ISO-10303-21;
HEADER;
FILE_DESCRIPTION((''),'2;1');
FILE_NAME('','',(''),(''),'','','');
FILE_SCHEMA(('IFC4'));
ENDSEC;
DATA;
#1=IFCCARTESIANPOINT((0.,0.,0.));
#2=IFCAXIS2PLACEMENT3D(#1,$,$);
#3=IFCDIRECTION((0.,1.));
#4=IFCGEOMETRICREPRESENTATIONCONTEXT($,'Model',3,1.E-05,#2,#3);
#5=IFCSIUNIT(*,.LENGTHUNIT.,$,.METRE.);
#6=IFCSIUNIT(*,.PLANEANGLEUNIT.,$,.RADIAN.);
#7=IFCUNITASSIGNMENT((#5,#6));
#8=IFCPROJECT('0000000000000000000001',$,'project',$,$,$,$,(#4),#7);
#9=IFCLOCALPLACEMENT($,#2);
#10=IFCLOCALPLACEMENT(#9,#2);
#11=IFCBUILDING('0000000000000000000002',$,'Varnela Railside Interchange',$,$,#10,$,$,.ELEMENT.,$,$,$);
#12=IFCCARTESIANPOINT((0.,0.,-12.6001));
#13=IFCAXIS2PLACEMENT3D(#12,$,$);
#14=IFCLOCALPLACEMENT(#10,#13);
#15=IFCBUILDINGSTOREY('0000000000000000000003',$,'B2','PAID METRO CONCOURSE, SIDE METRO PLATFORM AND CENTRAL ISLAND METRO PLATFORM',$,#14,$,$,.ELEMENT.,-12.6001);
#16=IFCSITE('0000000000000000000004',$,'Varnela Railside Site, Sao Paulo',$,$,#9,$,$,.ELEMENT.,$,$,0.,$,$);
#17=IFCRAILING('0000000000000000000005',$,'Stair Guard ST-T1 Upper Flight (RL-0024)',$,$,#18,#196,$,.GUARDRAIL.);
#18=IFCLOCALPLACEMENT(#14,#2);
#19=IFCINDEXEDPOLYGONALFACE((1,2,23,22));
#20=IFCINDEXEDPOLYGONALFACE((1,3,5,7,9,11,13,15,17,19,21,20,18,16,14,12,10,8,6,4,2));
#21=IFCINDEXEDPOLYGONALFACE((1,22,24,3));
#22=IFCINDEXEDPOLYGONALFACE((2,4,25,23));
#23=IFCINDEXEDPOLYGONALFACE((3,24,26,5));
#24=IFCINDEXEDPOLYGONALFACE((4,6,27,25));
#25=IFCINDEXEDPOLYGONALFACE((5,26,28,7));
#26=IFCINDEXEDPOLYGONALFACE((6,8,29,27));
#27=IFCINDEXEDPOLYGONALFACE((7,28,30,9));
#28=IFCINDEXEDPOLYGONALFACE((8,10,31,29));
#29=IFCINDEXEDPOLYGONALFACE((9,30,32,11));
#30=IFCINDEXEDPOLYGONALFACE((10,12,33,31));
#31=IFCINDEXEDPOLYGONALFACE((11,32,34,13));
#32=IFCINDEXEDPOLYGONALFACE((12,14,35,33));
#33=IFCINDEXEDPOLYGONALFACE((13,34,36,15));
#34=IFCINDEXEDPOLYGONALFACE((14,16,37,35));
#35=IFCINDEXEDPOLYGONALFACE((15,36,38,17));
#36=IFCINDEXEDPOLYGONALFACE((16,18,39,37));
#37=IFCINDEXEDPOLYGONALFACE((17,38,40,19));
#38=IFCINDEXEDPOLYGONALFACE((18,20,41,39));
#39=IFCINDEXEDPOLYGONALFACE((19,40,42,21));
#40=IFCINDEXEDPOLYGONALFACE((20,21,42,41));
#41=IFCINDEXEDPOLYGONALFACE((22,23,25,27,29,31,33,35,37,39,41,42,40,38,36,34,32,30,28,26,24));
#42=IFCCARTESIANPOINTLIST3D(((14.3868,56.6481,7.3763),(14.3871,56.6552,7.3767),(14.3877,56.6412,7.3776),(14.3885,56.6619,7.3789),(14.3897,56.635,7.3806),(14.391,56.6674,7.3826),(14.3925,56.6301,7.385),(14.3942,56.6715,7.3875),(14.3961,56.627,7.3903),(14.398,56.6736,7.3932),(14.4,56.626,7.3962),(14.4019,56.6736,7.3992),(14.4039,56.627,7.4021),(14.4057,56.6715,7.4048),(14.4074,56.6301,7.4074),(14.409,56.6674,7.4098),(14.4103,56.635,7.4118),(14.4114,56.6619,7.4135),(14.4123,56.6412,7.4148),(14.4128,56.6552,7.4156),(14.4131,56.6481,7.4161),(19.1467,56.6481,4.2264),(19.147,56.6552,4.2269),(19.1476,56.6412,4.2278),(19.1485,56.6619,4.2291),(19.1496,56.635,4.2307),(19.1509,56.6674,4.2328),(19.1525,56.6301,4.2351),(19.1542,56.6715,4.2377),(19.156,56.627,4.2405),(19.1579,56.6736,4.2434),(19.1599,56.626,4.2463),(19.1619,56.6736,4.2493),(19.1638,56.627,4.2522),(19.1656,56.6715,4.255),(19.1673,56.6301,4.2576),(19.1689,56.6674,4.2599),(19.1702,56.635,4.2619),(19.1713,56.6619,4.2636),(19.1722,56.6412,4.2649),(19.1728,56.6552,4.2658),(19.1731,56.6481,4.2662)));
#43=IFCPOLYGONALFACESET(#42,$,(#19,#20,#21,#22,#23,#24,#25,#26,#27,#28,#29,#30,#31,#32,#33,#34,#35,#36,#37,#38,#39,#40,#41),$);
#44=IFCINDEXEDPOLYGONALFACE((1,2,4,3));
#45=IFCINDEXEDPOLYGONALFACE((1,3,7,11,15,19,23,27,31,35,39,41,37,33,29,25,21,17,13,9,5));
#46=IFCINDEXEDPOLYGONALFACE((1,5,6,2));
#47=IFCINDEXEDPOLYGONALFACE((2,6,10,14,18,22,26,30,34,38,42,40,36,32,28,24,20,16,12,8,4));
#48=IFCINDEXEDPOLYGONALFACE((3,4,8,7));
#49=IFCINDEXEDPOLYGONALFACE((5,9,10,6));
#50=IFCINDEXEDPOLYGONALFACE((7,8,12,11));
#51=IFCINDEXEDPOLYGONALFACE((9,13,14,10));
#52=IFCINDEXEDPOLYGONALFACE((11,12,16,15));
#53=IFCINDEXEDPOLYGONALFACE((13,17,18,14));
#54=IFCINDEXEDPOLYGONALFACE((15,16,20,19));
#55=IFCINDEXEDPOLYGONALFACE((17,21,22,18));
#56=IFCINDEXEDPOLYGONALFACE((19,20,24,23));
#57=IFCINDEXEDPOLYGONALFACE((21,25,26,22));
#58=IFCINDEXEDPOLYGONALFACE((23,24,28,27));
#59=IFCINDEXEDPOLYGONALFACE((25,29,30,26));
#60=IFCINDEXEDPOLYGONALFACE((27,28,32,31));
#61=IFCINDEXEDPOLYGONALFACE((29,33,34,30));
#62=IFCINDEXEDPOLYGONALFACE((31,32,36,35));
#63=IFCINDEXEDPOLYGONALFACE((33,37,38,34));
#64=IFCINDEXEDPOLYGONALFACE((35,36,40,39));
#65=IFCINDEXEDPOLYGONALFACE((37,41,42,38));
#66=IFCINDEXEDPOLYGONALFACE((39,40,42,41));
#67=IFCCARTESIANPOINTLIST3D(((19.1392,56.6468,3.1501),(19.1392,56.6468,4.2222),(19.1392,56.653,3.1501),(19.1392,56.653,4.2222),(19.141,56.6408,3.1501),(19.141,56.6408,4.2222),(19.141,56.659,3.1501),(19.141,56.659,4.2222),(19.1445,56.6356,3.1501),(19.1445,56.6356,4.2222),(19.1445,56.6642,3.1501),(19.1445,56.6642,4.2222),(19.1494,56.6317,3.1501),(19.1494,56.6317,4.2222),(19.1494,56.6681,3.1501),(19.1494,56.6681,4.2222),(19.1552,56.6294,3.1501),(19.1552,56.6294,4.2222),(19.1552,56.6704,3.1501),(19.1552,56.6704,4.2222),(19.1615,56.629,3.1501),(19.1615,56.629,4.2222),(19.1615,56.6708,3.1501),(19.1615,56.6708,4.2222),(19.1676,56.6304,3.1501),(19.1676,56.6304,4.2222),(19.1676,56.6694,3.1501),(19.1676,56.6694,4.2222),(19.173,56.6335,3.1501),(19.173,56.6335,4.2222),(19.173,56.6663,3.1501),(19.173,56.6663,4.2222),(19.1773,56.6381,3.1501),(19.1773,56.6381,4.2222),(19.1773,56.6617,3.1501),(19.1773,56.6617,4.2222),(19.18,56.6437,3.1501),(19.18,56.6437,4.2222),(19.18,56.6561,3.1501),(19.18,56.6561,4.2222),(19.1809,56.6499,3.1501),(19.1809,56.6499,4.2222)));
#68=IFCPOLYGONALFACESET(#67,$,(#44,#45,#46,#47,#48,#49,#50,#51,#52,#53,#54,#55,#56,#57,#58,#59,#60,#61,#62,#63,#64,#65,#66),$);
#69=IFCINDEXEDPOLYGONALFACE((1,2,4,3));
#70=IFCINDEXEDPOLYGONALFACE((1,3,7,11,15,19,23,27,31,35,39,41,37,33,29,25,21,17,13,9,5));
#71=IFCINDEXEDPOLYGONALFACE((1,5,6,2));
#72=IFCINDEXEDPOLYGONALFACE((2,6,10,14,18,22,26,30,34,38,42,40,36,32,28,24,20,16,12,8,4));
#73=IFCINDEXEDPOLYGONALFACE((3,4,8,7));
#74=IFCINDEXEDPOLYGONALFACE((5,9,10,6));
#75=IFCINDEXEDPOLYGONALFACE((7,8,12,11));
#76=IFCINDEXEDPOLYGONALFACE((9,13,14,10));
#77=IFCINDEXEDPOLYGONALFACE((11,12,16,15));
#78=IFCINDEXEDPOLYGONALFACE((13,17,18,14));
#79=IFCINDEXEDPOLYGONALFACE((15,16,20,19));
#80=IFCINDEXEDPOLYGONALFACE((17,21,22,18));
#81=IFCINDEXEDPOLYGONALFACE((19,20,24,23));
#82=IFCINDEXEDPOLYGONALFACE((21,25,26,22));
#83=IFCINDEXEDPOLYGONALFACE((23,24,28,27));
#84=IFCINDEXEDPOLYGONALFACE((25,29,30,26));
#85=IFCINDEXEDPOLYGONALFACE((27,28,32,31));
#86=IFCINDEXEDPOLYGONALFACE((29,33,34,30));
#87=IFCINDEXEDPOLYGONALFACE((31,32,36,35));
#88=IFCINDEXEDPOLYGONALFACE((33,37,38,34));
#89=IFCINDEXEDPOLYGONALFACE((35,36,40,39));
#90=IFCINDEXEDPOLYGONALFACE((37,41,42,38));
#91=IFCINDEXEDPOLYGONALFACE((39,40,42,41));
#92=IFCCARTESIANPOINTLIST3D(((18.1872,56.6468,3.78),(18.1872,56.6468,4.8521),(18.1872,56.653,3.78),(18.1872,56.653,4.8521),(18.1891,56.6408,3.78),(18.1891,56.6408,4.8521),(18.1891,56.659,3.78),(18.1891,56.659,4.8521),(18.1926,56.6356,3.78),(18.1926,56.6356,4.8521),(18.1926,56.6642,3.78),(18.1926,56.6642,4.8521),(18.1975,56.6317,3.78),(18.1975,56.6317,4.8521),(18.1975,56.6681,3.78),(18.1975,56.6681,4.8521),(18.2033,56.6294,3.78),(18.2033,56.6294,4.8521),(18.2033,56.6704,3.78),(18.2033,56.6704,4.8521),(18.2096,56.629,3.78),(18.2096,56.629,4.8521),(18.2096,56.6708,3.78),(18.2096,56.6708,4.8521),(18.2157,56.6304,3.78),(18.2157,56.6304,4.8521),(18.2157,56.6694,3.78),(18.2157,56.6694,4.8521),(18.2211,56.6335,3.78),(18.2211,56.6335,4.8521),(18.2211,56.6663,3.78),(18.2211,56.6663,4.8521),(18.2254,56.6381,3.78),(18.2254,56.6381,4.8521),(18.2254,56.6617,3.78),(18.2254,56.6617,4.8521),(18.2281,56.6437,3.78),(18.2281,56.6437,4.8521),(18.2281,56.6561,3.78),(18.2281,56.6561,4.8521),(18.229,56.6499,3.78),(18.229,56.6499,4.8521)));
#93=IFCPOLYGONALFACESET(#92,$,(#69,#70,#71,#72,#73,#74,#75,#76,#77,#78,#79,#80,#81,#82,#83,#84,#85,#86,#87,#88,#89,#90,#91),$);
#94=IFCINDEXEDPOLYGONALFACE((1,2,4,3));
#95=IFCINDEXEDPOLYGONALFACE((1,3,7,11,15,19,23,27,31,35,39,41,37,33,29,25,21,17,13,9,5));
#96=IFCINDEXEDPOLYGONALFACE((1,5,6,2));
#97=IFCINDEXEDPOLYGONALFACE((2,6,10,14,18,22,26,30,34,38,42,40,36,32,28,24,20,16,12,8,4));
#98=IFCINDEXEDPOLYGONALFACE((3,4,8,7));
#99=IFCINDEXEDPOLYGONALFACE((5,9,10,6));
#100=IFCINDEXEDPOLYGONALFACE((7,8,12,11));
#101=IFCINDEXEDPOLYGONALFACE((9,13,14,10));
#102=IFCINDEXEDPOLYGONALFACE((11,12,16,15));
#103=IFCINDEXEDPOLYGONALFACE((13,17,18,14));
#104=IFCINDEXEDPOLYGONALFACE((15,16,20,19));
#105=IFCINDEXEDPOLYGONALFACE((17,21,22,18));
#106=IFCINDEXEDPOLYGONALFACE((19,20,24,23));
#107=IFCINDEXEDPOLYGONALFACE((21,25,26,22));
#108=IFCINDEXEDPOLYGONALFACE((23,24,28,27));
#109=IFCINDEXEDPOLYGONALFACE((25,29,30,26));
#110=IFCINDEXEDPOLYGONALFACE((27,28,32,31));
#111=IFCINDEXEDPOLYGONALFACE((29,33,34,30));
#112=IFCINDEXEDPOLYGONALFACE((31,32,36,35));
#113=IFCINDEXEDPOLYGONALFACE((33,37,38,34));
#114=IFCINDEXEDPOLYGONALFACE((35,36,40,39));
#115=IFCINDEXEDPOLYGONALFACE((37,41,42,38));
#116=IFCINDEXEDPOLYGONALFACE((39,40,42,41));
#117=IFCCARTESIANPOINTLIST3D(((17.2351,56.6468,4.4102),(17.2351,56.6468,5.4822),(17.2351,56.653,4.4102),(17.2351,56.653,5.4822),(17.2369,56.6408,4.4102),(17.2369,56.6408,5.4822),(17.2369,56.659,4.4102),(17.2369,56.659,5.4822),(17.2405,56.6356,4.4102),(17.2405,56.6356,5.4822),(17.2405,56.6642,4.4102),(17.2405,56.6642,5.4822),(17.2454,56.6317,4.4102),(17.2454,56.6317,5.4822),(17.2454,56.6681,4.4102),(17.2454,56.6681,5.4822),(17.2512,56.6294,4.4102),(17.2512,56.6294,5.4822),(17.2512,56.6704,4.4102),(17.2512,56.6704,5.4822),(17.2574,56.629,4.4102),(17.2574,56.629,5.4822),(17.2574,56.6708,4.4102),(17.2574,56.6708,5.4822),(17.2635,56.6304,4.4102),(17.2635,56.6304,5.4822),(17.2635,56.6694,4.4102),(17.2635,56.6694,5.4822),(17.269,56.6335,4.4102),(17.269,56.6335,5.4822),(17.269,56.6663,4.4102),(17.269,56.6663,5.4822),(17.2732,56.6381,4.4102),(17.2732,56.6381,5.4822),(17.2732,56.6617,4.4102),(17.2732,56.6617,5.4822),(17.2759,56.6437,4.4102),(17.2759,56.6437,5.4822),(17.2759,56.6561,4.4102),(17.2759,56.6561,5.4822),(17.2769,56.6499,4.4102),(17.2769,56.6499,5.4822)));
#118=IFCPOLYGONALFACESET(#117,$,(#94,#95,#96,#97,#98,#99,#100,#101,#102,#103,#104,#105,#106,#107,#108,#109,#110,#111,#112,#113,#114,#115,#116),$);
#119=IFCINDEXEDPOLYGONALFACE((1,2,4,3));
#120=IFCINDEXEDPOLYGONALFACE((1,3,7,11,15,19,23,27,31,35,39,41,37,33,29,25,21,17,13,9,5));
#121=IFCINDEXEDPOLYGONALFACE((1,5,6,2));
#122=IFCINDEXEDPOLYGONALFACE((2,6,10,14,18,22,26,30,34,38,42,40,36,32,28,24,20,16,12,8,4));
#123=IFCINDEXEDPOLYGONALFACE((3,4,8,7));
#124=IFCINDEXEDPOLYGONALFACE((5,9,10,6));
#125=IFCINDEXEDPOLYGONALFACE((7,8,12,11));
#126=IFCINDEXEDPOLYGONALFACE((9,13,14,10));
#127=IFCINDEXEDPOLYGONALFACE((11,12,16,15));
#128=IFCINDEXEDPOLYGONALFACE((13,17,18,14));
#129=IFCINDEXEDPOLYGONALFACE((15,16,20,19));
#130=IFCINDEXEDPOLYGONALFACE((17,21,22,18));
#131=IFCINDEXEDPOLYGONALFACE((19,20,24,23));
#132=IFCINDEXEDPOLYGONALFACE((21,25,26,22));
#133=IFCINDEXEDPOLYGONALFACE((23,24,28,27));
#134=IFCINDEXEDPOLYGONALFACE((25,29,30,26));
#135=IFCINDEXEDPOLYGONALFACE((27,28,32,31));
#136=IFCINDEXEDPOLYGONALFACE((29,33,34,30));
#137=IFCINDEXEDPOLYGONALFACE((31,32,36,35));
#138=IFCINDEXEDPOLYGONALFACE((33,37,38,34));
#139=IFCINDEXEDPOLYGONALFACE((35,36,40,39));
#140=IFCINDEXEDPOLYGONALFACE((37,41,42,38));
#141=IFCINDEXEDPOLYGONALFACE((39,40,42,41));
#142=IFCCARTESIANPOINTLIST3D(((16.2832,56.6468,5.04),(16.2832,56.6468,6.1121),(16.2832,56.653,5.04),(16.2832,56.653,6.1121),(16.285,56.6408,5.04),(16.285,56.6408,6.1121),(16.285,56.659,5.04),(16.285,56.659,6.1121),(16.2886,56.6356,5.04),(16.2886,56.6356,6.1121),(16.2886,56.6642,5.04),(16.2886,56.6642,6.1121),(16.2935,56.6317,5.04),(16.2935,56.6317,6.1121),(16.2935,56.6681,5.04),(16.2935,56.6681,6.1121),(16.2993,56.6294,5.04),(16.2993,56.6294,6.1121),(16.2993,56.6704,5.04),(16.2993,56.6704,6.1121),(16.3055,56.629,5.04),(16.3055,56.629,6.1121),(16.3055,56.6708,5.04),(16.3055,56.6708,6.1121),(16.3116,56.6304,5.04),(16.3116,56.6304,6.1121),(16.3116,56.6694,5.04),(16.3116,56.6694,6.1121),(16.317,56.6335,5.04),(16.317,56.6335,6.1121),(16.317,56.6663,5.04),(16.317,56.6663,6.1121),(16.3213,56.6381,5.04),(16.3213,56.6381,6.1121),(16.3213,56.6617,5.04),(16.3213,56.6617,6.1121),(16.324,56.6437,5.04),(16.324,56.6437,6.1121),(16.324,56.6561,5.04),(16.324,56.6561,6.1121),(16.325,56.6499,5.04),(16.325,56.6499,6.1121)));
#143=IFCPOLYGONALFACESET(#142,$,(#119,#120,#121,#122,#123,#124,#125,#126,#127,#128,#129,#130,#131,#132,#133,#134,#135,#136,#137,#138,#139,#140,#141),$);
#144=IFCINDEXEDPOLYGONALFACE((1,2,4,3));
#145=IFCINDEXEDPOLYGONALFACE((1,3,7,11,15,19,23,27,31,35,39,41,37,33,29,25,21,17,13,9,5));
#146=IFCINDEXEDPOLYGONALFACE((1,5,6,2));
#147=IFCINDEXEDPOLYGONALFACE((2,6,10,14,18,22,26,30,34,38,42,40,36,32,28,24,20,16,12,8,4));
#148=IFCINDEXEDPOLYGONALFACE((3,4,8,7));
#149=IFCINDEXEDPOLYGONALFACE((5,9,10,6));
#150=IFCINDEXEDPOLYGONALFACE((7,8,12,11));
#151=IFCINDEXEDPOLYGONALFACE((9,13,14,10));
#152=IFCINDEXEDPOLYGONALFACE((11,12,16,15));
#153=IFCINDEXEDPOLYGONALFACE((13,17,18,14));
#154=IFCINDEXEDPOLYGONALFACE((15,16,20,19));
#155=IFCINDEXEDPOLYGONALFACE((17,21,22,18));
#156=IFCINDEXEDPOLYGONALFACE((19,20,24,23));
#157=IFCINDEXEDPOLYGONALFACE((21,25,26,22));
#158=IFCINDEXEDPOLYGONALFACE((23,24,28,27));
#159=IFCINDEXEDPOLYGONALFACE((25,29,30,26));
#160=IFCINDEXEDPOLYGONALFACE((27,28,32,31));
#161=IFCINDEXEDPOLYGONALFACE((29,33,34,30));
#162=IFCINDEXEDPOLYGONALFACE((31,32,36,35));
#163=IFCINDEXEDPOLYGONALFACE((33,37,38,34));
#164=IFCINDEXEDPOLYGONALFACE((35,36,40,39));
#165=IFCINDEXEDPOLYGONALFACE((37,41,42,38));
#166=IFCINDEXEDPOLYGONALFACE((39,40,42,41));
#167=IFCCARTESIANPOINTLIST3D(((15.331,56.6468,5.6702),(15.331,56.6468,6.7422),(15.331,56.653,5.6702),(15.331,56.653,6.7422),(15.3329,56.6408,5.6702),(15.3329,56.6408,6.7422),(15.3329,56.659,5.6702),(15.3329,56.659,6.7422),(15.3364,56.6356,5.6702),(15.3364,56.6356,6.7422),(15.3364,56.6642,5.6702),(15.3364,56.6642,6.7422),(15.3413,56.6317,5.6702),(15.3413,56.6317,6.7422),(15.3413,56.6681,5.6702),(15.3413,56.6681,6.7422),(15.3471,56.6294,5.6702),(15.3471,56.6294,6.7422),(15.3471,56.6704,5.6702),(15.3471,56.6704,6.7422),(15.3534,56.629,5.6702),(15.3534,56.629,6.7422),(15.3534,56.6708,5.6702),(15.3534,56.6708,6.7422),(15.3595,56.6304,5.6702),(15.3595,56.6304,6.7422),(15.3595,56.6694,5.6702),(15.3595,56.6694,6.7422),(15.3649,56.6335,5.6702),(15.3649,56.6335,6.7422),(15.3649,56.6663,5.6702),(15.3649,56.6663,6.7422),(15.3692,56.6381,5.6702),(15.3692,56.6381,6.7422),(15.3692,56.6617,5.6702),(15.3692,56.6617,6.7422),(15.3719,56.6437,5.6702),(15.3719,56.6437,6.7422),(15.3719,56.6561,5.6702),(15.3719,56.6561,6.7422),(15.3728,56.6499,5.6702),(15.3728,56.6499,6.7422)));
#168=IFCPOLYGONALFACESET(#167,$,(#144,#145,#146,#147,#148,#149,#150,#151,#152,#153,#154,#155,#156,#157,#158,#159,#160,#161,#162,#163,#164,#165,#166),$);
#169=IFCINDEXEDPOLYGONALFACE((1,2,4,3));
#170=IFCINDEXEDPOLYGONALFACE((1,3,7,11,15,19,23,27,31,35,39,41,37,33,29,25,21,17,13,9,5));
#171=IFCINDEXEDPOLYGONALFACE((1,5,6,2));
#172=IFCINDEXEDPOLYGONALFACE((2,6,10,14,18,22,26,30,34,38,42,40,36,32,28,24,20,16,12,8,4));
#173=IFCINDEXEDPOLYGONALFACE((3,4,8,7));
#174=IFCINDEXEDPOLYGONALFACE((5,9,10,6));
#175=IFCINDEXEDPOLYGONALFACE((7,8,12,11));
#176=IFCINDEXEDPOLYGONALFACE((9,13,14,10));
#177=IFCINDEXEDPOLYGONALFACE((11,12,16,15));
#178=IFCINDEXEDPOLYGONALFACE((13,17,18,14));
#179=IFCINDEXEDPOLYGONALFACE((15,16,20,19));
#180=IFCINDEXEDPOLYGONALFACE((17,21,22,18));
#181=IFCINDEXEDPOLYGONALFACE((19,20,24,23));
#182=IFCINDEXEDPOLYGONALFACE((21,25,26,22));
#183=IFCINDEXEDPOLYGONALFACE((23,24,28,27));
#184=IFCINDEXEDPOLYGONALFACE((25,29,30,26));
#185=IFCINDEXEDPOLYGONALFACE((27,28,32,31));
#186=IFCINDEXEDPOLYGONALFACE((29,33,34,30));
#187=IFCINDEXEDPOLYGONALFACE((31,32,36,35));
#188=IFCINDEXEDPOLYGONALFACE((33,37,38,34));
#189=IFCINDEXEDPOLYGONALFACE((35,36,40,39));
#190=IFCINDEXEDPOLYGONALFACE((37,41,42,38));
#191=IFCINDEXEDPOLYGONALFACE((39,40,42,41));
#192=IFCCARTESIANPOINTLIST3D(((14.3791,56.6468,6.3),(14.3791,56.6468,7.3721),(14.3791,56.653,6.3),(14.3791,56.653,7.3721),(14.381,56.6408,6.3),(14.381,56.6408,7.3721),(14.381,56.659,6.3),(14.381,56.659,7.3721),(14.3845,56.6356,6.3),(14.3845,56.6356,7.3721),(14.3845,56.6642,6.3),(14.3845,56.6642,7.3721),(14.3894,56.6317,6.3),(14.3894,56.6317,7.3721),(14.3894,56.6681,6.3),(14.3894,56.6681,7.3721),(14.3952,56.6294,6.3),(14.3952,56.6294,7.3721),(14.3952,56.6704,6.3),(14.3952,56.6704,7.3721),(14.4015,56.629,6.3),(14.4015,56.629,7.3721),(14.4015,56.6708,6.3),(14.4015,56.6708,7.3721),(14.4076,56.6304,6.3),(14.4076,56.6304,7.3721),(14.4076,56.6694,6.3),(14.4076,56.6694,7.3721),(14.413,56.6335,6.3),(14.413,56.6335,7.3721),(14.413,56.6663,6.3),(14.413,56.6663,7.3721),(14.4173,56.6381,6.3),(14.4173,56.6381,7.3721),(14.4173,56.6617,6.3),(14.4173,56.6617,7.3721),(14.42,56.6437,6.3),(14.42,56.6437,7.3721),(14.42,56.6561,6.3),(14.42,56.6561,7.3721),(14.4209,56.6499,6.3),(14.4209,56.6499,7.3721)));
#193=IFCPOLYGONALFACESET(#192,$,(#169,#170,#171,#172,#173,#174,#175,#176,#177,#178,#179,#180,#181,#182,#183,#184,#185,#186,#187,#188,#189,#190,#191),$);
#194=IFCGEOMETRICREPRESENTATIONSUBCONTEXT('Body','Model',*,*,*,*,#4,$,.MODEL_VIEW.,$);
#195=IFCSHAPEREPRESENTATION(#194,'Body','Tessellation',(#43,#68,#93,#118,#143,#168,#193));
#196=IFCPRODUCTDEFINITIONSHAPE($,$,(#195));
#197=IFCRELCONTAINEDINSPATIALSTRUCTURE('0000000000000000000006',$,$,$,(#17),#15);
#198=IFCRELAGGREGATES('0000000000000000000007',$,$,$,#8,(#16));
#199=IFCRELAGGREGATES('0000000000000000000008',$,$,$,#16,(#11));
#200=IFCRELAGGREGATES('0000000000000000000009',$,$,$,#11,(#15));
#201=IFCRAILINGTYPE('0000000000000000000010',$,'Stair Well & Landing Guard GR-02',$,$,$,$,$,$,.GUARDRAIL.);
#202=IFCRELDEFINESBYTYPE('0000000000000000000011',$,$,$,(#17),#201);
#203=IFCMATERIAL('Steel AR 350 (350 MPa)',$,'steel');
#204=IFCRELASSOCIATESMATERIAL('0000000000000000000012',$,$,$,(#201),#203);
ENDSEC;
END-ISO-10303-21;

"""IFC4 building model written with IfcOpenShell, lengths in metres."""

from ifc_helpers import new_model, si_unit, direction, frame, origin, origin_2d, place, context, subcontext, project, spatial, circle, extrude, material, type_object, element, save


model = new_model("IFC4")

# Units and contexts
model_context = context("Model", 3, precision=1e-05, world=origin(), true_north=direction((0.0, 1.0)))
body_context = subcontext(model_context, "Body", "Model", "MODEL_VIEW")
ifc_project = project(units=[si_unit("LENGTHUNIT", "METRE"), si_unit("PLANEANGLEUNIT", "RADIAN")], contexts=[model_context])

# Site, building, storey
site_placement = place(None, origin())
site = spatial("IfcSite", under=ifc_project, at=site_placement, Name="Varnela Railside Site, Sao Paulo", CompositionType="ELEMENT", RefElevation=0.0)
building_placement = place(site_placement, origin())
building = spatial("IfcBuilding", under=site, at=building_placement, Name="Varnela Railside Interchange", CompositionType="ELEMENT")
storey_placement = place(building_placement, frame((0.0, 0.0, -12.6001)))
storey = spatial("IfcBuildingStorey", under=building, at=storey_placement, Name="B2", Description="PAID METRO CONCOURSE, SIDE METRO PLATFORM AND CENTRAL ISLAND METRO PLATFORM", CompositionType="ELEMENT", Elevation=-12.6001)

# Shared definitions
ifc_material_1 = material(Name="Steel AR 350 (350 MPa)", Category="steel")

# Railing
railing_type_1 = type_object("IfcRailingType", Name="Stair Well & Landing Guard GR-02", PredefinedType="GUARDRAIL", material=ifc_material_1)
railing_1_placement = place(storey_placement, frame((19.1599, 56.6499, 3.1501)))
element("IfcRailing", 1, at=railing_1_placement, inside=storey, type_object=railing_type_1, Name="Stair Guard ST-T1 Upper Flight (RL-0024)", PredefinedType="GUARDRAIL", context=body_context, shape_type="SweptSolid", body=[
    extrude(circle(Radius=0.0239, at=origin_2d()), frame((0.0, 0.0, 1.0962), z_axis=(-0.833941, 0.0, 0.551854), x_axis=(0.0, -1.0, 0.0)), (0.0, 0.0, 1.0), 5.7078),
    extrude(circle(Radius=0.021, at=origin_2d()), origin(), (0.0, 0.0, 1.0), 1.072),
    extrude(circle(Radius=0.021, at=origin_2d()), frame((-0.9519, 0.0, 0.6299)), (0.0, 0.0, 1.0), 1.072),
    extrude(circle(Radius=0.021, at=origin_2d()), frame((-1.9041, 0.0, 1.26)), (0.0, 0.0, 1.0), 1.072),
    extrude(circle(Radius=0.021, at=origin_2d()), frame((-2.856, 0.0, 1.8899)), (0.0, 0.0, 1.0), 1.072),
    extrude(circle(Radius=0.021, at=origin_2d()), frame((-3.8081, 0.0, 2.52)), (0.0, 0.0, 1.0), 1.072),
    extrude(circle(Radius=0.021, at=origin_2d()), frame((-4.76, 0.0, 3.1499)), (0.0, 0.0, 1.0), 1.072),
])

save(model, "model.ifc")
